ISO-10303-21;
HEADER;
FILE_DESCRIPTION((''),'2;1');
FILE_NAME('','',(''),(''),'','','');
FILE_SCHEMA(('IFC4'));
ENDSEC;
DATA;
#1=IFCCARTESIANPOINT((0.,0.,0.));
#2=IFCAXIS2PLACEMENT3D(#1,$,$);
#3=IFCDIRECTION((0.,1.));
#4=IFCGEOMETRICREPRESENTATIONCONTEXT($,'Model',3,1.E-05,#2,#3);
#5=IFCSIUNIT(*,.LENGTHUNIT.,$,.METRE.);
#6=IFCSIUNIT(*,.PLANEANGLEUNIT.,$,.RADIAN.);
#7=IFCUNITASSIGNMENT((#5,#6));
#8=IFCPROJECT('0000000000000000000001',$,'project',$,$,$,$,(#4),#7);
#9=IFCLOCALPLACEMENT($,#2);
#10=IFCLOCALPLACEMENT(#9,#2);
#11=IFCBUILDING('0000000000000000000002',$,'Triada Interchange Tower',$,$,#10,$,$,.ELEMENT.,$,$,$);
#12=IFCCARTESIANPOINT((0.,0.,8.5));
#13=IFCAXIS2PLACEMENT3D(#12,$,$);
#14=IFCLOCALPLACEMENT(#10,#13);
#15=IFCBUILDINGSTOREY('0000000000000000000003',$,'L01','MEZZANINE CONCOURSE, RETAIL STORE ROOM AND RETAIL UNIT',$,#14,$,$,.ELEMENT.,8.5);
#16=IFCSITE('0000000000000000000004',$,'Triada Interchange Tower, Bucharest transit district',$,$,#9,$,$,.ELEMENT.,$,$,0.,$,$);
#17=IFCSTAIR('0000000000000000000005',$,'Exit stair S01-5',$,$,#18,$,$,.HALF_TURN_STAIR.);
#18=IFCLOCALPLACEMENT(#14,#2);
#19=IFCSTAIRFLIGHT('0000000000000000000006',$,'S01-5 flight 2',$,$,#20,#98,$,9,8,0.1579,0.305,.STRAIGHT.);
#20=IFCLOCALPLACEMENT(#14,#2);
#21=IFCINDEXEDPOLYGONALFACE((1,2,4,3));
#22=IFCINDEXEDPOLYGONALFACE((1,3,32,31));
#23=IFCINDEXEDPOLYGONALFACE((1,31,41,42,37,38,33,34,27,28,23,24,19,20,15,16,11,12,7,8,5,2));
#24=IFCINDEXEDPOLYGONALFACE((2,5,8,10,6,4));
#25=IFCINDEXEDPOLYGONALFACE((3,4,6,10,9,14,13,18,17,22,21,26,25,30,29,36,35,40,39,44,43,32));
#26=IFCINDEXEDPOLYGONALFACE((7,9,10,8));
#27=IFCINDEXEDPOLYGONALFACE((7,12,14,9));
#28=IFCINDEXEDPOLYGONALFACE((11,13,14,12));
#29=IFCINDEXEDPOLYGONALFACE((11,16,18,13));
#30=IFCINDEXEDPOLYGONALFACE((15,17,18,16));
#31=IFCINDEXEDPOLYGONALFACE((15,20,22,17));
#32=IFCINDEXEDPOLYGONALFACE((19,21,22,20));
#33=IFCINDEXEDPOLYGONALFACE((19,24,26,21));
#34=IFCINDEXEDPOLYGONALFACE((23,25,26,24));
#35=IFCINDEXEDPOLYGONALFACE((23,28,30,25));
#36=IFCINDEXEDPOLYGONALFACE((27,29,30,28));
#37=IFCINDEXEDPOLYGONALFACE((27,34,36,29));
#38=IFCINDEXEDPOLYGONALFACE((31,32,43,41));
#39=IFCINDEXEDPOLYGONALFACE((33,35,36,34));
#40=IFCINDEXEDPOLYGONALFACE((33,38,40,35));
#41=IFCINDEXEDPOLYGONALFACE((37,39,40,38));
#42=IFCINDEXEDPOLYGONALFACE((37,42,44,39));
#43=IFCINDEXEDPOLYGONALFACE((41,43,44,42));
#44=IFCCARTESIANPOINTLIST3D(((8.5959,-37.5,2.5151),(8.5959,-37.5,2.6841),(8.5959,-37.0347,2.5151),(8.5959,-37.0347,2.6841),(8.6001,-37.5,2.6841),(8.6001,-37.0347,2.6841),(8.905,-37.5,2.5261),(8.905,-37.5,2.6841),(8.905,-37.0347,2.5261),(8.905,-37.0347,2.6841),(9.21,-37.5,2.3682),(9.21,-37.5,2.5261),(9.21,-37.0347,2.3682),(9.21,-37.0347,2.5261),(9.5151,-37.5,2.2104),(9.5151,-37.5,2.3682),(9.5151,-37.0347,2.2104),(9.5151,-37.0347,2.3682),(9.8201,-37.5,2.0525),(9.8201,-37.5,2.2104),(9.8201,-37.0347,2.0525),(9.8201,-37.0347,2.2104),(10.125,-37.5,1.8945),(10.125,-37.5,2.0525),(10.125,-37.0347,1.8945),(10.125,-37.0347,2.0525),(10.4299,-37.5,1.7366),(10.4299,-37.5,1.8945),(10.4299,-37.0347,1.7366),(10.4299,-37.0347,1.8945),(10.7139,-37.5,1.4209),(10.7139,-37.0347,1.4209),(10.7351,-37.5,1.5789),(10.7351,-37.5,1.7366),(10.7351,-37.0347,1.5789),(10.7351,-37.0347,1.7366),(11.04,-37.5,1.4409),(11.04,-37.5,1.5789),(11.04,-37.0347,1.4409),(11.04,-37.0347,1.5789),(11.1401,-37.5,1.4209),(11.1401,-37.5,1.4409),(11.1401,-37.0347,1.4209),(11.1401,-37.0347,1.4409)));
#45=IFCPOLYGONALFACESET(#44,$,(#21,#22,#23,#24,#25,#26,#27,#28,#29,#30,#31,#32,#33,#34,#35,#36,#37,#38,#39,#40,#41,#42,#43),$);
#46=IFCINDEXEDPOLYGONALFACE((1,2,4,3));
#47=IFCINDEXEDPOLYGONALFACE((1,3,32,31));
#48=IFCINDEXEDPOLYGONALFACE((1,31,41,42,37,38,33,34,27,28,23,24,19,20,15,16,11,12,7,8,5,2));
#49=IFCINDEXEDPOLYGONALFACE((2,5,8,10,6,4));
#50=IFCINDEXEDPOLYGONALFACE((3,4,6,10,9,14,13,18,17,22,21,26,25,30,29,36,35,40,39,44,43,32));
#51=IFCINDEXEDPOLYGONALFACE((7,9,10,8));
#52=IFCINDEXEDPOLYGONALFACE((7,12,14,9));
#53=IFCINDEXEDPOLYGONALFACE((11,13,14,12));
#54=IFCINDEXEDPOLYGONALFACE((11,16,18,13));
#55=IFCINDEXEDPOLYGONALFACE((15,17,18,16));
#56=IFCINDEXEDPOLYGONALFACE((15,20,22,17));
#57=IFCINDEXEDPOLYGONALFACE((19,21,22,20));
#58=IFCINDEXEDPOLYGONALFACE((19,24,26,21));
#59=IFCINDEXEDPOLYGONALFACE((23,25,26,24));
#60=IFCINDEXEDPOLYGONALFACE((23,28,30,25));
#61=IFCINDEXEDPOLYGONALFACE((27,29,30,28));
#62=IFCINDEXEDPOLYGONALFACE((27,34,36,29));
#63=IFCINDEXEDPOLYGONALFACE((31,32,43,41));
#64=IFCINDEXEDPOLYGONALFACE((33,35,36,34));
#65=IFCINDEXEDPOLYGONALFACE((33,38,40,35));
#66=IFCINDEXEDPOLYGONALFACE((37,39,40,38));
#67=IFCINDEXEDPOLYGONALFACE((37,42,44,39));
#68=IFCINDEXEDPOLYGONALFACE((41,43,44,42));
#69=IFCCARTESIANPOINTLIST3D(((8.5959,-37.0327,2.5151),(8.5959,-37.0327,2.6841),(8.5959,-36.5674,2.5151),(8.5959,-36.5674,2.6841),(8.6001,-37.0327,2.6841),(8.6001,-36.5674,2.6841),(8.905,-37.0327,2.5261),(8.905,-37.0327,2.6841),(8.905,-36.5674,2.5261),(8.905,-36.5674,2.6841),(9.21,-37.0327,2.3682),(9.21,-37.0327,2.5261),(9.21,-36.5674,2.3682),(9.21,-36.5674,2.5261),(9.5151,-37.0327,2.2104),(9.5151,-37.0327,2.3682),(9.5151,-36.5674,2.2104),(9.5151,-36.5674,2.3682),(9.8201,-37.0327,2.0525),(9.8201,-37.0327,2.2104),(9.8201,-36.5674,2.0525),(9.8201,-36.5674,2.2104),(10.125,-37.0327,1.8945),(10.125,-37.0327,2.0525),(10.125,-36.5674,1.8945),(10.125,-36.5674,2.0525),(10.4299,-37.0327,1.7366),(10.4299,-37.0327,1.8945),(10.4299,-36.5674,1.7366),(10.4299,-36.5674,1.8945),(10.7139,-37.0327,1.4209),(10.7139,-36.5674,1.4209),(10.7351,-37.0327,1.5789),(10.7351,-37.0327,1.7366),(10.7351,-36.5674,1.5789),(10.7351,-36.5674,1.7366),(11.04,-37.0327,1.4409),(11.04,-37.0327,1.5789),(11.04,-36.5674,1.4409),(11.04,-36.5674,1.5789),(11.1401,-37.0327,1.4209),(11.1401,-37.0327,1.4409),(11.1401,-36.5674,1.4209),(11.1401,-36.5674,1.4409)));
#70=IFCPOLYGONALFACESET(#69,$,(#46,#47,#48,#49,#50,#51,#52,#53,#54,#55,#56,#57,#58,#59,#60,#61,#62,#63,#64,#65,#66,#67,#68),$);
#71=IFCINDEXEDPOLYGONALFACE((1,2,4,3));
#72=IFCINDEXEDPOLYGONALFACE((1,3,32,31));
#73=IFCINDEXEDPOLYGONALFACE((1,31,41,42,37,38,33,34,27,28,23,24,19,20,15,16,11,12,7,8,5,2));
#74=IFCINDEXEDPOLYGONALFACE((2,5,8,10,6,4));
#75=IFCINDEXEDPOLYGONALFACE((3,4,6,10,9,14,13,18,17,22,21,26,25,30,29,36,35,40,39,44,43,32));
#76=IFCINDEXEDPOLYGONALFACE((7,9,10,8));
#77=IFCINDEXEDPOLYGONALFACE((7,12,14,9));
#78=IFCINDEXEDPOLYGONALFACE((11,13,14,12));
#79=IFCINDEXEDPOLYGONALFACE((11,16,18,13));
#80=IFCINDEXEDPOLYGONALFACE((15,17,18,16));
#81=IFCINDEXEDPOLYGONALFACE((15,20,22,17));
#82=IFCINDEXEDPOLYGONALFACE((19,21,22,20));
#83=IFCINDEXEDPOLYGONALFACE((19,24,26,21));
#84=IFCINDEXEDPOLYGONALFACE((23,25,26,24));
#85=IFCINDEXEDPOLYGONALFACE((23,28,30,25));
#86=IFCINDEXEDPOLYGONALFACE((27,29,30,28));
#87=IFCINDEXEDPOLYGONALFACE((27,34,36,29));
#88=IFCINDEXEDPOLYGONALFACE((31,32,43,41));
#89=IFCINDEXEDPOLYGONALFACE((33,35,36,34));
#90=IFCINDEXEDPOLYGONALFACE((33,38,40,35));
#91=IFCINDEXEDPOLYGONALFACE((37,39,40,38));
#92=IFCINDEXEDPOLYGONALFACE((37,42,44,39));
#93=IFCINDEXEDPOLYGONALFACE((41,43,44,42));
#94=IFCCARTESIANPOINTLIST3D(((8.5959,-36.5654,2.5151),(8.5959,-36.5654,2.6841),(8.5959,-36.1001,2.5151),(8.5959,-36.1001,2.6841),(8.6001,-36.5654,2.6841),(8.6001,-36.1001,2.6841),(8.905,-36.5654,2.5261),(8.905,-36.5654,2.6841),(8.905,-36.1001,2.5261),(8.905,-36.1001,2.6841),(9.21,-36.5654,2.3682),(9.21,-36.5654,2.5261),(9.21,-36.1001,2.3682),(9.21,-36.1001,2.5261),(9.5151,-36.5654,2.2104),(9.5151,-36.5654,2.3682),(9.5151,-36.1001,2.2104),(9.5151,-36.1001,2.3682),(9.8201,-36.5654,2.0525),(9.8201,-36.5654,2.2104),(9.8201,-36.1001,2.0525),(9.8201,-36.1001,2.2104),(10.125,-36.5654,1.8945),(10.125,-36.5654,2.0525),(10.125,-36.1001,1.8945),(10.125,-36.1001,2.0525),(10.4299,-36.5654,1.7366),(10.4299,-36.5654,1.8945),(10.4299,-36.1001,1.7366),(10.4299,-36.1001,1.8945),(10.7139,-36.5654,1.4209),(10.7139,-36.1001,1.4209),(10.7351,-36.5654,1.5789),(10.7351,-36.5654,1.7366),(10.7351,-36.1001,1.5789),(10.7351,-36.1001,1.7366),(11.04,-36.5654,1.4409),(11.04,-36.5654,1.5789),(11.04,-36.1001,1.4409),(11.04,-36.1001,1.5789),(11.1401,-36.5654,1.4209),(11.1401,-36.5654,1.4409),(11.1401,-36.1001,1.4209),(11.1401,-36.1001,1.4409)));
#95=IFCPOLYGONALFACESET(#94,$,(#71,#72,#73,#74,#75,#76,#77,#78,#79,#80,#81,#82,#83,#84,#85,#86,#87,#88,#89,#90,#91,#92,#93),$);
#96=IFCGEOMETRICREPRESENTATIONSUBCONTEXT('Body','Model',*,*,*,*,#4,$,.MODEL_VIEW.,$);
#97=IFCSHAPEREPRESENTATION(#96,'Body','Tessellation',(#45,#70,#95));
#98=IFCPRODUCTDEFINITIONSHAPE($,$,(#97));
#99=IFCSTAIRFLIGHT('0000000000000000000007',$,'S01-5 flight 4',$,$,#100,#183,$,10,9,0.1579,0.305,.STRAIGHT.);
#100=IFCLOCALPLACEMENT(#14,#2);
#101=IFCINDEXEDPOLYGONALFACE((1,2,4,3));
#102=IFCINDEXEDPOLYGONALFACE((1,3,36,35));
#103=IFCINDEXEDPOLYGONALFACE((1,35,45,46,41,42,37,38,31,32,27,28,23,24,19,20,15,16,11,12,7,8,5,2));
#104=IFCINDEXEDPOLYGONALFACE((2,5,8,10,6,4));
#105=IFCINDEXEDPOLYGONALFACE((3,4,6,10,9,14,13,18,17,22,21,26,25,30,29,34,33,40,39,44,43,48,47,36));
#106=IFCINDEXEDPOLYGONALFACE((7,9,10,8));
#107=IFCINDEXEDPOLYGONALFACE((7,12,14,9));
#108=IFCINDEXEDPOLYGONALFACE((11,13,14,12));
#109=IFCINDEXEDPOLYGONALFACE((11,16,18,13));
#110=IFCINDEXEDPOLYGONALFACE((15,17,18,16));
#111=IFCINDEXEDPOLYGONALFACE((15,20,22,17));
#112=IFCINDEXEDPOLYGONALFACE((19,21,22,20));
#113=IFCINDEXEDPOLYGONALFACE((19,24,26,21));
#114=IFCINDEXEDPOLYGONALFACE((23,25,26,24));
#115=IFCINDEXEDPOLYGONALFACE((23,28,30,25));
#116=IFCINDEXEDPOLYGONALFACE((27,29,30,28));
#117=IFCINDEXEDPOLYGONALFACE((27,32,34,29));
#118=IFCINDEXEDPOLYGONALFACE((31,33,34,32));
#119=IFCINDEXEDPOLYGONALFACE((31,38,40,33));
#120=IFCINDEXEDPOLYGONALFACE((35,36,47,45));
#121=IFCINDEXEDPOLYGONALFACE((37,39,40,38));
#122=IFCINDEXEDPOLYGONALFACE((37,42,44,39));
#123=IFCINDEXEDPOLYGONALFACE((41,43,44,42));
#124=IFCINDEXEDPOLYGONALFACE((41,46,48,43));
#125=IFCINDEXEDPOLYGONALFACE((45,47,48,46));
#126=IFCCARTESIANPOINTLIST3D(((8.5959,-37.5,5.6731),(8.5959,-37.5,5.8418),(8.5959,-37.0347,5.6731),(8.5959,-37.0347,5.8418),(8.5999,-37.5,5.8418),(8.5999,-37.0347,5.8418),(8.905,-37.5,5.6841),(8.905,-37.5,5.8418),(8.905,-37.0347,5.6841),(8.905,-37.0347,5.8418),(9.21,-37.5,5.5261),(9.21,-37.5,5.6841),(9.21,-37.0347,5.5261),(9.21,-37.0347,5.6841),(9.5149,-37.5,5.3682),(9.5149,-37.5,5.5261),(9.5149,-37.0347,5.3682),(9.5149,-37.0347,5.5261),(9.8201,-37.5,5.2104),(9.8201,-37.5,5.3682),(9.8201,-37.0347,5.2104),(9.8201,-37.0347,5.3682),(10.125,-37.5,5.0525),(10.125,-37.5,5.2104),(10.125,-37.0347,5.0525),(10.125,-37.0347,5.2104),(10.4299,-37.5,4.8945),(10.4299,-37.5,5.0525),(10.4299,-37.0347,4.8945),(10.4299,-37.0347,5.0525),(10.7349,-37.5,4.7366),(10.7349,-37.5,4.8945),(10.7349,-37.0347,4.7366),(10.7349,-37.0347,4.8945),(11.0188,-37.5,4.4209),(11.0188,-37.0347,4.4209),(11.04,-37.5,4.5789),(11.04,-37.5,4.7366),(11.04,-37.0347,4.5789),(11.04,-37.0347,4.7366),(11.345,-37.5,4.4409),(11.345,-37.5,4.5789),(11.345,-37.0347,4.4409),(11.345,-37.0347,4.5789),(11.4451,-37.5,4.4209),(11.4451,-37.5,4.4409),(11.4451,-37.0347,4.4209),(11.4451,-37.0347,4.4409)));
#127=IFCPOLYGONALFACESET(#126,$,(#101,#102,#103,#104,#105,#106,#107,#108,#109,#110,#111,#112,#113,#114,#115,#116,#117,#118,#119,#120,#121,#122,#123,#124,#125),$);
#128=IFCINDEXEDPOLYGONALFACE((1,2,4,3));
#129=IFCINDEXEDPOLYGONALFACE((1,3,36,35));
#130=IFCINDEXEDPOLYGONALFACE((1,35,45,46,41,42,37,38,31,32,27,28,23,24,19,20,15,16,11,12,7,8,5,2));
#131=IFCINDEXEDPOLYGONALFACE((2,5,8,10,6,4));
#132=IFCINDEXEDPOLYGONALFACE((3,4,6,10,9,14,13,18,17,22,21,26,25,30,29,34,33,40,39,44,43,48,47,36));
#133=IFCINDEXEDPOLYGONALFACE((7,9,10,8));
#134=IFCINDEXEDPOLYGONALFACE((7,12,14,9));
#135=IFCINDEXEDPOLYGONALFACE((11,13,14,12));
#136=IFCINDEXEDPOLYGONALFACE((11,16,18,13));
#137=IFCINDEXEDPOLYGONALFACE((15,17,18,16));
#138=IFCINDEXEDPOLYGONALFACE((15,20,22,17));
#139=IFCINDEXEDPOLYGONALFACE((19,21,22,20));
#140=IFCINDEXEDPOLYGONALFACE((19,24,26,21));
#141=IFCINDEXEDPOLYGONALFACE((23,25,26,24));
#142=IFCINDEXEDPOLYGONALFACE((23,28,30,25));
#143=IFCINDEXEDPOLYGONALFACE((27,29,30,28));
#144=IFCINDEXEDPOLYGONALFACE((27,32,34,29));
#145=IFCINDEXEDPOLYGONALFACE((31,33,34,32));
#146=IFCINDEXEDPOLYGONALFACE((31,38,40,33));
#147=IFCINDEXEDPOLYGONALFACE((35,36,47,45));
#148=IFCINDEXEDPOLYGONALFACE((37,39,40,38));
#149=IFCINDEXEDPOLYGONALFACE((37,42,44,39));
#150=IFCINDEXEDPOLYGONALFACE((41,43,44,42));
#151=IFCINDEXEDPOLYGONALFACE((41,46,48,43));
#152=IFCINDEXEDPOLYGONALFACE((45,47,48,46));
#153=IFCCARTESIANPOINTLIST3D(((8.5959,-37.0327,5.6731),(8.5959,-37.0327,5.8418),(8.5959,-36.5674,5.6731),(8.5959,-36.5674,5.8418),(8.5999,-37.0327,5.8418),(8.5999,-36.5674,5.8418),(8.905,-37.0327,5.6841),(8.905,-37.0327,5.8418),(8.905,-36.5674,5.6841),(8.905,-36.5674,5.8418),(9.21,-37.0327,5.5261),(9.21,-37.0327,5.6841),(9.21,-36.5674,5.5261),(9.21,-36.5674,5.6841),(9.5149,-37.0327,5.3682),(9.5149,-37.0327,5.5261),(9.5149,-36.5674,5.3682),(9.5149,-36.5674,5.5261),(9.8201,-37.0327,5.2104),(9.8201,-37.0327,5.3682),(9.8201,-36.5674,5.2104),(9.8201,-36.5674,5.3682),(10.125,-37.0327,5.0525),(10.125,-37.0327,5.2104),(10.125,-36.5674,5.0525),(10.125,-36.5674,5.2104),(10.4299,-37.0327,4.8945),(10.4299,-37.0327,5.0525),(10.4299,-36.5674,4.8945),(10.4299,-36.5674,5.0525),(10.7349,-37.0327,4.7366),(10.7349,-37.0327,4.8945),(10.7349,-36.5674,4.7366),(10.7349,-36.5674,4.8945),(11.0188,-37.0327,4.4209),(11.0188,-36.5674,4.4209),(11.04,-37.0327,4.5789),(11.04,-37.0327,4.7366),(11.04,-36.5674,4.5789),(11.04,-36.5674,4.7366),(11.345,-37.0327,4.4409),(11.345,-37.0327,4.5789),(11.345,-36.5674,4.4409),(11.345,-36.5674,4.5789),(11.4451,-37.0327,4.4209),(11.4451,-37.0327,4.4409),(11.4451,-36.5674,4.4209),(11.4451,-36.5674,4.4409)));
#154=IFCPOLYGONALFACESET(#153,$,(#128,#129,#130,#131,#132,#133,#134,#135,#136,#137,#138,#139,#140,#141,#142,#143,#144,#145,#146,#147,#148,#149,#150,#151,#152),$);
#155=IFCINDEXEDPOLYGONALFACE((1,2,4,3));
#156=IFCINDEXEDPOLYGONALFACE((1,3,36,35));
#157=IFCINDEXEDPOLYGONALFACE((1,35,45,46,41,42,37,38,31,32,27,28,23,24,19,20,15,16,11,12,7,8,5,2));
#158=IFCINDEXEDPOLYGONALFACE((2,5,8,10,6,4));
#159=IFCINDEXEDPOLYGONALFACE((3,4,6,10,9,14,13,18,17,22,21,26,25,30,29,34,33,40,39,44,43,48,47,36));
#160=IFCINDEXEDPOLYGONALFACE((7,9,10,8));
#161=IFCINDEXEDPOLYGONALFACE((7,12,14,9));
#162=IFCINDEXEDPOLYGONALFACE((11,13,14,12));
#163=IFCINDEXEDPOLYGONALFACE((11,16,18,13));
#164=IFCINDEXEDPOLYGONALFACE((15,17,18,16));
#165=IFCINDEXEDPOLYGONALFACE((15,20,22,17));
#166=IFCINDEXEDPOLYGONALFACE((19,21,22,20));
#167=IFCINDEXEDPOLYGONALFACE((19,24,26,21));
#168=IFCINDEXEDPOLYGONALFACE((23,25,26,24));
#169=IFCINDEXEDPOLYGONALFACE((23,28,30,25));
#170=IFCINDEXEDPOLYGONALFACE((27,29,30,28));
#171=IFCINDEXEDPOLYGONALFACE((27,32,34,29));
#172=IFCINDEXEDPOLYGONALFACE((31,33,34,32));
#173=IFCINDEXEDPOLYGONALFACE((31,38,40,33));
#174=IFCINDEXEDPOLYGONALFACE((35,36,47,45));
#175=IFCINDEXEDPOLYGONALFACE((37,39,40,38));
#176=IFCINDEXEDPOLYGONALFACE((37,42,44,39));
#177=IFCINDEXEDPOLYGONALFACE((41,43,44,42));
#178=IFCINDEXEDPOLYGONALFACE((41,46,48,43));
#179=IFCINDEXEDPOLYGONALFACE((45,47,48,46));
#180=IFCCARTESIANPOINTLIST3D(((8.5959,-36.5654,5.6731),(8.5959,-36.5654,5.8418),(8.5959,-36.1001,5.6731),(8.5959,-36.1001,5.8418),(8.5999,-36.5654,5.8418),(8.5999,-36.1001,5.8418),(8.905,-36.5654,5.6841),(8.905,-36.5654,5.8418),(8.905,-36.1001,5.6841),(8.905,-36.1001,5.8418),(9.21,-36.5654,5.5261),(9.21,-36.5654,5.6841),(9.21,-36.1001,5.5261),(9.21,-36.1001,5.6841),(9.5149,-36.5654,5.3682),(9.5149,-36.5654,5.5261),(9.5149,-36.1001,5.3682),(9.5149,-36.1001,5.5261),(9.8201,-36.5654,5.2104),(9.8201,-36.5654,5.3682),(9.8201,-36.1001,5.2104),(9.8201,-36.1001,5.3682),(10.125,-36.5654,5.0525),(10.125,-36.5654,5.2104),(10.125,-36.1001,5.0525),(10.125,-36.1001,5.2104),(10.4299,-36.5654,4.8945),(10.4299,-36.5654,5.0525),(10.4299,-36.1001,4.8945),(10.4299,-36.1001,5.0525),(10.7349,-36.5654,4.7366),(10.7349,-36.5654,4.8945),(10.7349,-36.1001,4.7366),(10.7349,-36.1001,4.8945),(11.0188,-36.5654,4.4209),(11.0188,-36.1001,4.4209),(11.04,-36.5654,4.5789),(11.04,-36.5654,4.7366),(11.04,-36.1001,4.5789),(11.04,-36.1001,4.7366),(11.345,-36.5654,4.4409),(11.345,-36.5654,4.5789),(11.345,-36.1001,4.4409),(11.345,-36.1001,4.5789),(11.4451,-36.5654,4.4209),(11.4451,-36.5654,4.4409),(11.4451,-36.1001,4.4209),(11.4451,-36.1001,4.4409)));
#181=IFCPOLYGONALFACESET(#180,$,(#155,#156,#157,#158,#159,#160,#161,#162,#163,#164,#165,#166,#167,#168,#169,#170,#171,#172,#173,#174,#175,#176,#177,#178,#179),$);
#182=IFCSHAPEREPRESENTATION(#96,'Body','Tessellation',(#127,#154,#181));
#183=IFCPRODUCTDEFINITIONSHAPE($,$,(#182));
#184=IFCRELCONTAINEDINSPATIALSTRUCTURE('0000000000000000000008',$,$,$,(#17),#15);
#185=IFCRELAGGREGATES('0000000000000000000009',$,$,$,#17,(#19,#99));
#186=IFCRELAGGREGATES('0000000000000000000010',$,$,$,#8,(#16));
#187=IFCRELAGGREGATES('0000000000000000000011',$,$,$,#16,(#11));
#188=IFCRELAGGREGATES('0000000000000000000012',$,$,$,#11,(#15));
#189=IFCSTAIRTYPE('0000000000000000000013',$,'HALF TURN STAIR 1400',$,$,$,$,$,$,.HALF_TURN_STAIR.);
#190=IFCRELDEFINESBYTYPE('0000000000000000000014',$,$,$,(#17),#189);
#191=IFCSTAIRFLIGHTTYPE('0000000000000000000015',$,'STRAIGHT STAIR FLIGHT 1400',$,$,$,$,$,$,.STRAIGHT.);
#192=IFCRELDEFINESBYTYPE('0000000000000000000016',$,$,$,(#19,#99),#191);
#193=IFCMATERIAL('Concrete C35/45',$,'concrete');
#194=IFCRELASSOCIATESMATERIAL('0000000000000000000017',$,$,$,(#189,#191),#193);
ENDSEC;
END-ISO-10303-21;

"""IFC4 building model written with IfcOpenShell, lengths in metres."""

from ifc_helpers import new_model, si_unit, direction, frame, origin, place, context, subcontext, project, spatial, polyline, outline, extrude, material, type_object, element, aggregate, save


model = new_model("IFC4")

# Units and contexts
model_context = context("Model", 3, precision=1e-05, world=origin(), true_north=direction((0.0, 1.0)))
body_context = subcontext(model_context, "Body", "Model", "MODEL_VIEW")
ifc_project = project(units=[si_unit("LENGTHUNIT", "METRE"), si_unit("PLANEANGLEUNIT", "RADIAN")], contexts=[model_context])

# Site, building, storey
site_placement = place(None, origin())
site = spatial("IfcSite", under=ifc_project, at=site_placement, Name="Triada Interchange Tower, Bucharest transit district", CompositionType="ELEMENT", RefElevation=0.0)
building_placement = place(site_placement, origin())
building = spatial("IfcBuilding", under=site, at=building_placement, Name="Triada Interchange Tower", CompositionType="ELEMENT")
storey_placement = place(building_placement, frame((0.0, 0.0, 8.5)))
storey = spatial("IfcBuildingStorey", under=building, at=storey_placement, Name="L01", Description="MEZZANINE CONCOURSE, RETAIL STORE ROOM AND RETAIL UNIT", CompositionType="ELEMENT", Elevation=8.5)

# Stair, stair flights
ifc_material_1 = material(Name="Concrete C35/45", Category="concrete")
stair_type = type_object("IfcStairType", Name="HALF TURN STAIR 1400", PredefinedType="HALF_TURN_STAIR", material=ifc_material_1)
stair_placement = place(storey_placement, origin())
stair = element("IfcStair", 1, at=stair_placement, inside=storey, type_object=stair_type, Name="Exit stair S01-5", PredefinedType="HALF_TURN_STAIR")
stair_flight_type = type_object("IfcStairFlightType", Name="STRAIGHT STAIR FLIGHT 1400", PredefinedType="STRAIGHT", material=ifc_material_1)
stair_flight_1_placement = place(storey_placement, frame((11.04, -36.8, 1.4209), z_axis=(0.0, 0.0, 1.0), x_axis=(-1.0, 0.0, 0.0)))
stair_flight_1 = element("IfcStairFlight", 2, at=stair_flight_1_placement, type_object=stair_flight_type, Name="S01-5 flight 2", NumberOfRisers=9, NumberOfTreads=8, PredefinedType="STRAIGHT", RiserHeight=0.1579, TreadLength=0.305, context=body_context, shape_type="SweptSolid", body=[
    extrude(outline(polyline([(-0.1001, 0.0), (-0.1001, 0.02), (0.0, 0.02), (0.0, 0.158), (0.3049, 0.158), (0.3049, 0.3157), (0.6101, 0.3157), (0.6101, 0.4736), (0.915, 0.4736), (0.915, 0.6316), (1.22, 0.6316), (1.22, 0.7896), (1.5249, 0.7896), (1.5249, 0.9473), (1.8301, 0.9473), (1.8301, 1.1052), (2.135, 1.1052), (2.135, 1.2632), (2.4399, 1.2632), (2.4441, 1.2632), (2.4441, 1.4209), (2.4441, 1.0942), (0.3262, 0.0), (-0.1001, 0.0)])), frame((0.0, 0.7, 0.0), z_axis=(0.0, -1.0, 0.0), x_axis=(1.0, 0.0, 0.0)), (0.0, 0.0, 1.0), 0.4653),
    extrude(outline(polyline([(-0.1001, 0.0), (-0.1001, 0.02), (0.0, 0.02), (0.0, 0.158), (0.3049, 0.158), (0.3049, 0.3157), (0.6101, 0.3157), (0.6101, 0.4736), (0.915, 0.4736), (0.915, 0.6316), (1.22, 0.6316), (1.22, 0.7896), (1.5249, 0.7896), (1.5249, 0.9473), (1.8301, 0.9473), (1.8301, 1.1052), (2.135, 1.1052), (2.135, 1.2632), (2.4399, 1.2632), (2.4441, 1.2632), (2.4441, 1.4209), (2.4441, 1.0942), (0.3262, 0.0), (-0.1001, 0.0)])), frame((0.0, 0.2327, 0.0), z_axis=(0.0, -1.0, 0.0), x_axis=(1.0, 0.0, 0.0)), (0.0, 0.0, 1.0), 0.4653),
    extrude(outline(polyline([(-0.1001, 0.0), (-0.1001, 0.02), (0.0, 0.02), (0.0, 0.158), (0.3049, 0.158), (0.3049, 0.3157), (0.6101, 0.3157), (0.6101, 0.4736), (0.915, 0.4736), (0.915, 0.6316), (1.22, 0.6316), (1.22, 0.7896), (1.5249, 0.7896), (1.5249, 0.9473), (1.8301, 0.9473), (1.8301, 1.1052), (2.135, 1.1052), (2.135, 1.2632), (2.4399, 1.2632), (2.4441, 1.2632), (2.4441, 1.4209), (2.4441, 1.0942), (0.3262, 0.0), (-0.1001, 0.0)])), frame((0.0, -0.2346, 0.0), z_axis=(0.0, -1.0, 0.0), x_axis=(1.0, 0.0, 0.0)), (0.0, 0.0, 1.0), 0.4653),
])
stair_flight_2_placement = place(storey_placement, frame((11.345, -36.8, 4.4209), z_axis=(0.0, 0.0, 1.0), x_axis=(-1.0, 0.0, 0.0)))
stair_flight_2 = element("IfcStairFlight", 3, at=stair_flight_2_placement, type_object=stair_flight_type, Name="S01-5 flight 4", NumberOfRisers=10, NumberOfTreads=9, PredefinedType="STRAIGHT", RiserHeight=0.1579, TreadLength=0.305, context=body_context, shape_type="SweptSolid", body=[
    extrude(outline(polyline([(-0.1001, 0.0), (-0.1001, 0.02), (0.0, 0.02), (0.0, 0.158), (0.3049, 0.158), (0.3049, 0.3157), (0.6101, 0.3157), (0.6101, 0.4736), (0.915, 0.4736), (0.915, 0.6316), (1.22, 0.6316), (1.22, 0.7896), (1.5249, 0.7896), (1.5249, 0.9473), (1.8301, 0.9473), (1.8301, 1.1052), (2.135, 1.1052), (2.135, 1.2632), (2.4399, 1.2632), (2.4399, 1.4209), (2.7451, 1.4209), (2.749, 1.4209), (2.749, 1.5789), (2.749, 1.2522), (0.3262, 0.0), (-0.1001, 0.0)])), frame((0.0, 0.7, 0.0), z_axis=(0.0, -1.0, 0.0), x_axis=(1.0, 0.0, 0.0)), (0.0, 0.0, 1.0), 0.4653),
    extrude(outline(polyline([(-0.1001, 0.0), (-0.1001, 0.02), (0.0, 0.02), (0.0, 0.158), (0.3049, 0.158), (0.3049, 0.3157), (0.6101, 0.3157), (0.6101, 0.4736), (0.915, 0.4736), (0.915, 0.6316), (1.22, 0.6316), (1.22, 0.7896), (1.5249, 0.7896), (1.5249, 0.9473), (1.8301, 0.9473), (1.8301, 1.1052), (2.135, 1.1052), (2.135, 1.2632), (2.4399, 1.2632), (2.4399, 1.4209), (2.7451, 1.4209), (2.749, 1.4209), (2.749, 1.5789), (2.749, 1.2522), (0.3262, 0.0), (-0.1001, 0.0)])), frame((0.0, 0.2327, 0.0), z_axis=(0.0, -1.0, 0.0), x_axis=(1.0, 0.0, 0.0)), (0.0, 0.0, 1.0), 0.4653),
    extrude(outline(polyline([(-0.1001, 0.0), (-0.1001, 0.02), (0.0, 0.02), (0.0, 0.158), (0.3049, 0.158), (0.3049, 0.3157), (0.6101, 0.3157), (0.6101, 0.4736), (0.915, 0.4736), (0.915, 0.6316), (1.22, 0.6316), (1.22, 0.7896), (1.5249, 0.7896), (1.5249, 0.9473), (1.8301, 0.9473), (1.8301, 1.1052), (2.135, 1.1052), (2.135, 1.2632), (2.4399, 1.2632), (2.4399, 1.4209), (2.7451, 1.4209), (2.749, 1.4209), (2.749, 1.5789), (2.749, 1.2522), (0.3262, 0.0), (-0.1001, 0.0)])), frame((0.0, -0.2346, 0.0), z_axis=(0.0, -1.0, 0.0), x_axis=(1.0, 0.0, 0.0)), (0.0, 0.0, 1.0), 0.4653),
])
aggregate(stair, [stair_flight_1, stair_flight_2])

save(model, "model.ifc")
